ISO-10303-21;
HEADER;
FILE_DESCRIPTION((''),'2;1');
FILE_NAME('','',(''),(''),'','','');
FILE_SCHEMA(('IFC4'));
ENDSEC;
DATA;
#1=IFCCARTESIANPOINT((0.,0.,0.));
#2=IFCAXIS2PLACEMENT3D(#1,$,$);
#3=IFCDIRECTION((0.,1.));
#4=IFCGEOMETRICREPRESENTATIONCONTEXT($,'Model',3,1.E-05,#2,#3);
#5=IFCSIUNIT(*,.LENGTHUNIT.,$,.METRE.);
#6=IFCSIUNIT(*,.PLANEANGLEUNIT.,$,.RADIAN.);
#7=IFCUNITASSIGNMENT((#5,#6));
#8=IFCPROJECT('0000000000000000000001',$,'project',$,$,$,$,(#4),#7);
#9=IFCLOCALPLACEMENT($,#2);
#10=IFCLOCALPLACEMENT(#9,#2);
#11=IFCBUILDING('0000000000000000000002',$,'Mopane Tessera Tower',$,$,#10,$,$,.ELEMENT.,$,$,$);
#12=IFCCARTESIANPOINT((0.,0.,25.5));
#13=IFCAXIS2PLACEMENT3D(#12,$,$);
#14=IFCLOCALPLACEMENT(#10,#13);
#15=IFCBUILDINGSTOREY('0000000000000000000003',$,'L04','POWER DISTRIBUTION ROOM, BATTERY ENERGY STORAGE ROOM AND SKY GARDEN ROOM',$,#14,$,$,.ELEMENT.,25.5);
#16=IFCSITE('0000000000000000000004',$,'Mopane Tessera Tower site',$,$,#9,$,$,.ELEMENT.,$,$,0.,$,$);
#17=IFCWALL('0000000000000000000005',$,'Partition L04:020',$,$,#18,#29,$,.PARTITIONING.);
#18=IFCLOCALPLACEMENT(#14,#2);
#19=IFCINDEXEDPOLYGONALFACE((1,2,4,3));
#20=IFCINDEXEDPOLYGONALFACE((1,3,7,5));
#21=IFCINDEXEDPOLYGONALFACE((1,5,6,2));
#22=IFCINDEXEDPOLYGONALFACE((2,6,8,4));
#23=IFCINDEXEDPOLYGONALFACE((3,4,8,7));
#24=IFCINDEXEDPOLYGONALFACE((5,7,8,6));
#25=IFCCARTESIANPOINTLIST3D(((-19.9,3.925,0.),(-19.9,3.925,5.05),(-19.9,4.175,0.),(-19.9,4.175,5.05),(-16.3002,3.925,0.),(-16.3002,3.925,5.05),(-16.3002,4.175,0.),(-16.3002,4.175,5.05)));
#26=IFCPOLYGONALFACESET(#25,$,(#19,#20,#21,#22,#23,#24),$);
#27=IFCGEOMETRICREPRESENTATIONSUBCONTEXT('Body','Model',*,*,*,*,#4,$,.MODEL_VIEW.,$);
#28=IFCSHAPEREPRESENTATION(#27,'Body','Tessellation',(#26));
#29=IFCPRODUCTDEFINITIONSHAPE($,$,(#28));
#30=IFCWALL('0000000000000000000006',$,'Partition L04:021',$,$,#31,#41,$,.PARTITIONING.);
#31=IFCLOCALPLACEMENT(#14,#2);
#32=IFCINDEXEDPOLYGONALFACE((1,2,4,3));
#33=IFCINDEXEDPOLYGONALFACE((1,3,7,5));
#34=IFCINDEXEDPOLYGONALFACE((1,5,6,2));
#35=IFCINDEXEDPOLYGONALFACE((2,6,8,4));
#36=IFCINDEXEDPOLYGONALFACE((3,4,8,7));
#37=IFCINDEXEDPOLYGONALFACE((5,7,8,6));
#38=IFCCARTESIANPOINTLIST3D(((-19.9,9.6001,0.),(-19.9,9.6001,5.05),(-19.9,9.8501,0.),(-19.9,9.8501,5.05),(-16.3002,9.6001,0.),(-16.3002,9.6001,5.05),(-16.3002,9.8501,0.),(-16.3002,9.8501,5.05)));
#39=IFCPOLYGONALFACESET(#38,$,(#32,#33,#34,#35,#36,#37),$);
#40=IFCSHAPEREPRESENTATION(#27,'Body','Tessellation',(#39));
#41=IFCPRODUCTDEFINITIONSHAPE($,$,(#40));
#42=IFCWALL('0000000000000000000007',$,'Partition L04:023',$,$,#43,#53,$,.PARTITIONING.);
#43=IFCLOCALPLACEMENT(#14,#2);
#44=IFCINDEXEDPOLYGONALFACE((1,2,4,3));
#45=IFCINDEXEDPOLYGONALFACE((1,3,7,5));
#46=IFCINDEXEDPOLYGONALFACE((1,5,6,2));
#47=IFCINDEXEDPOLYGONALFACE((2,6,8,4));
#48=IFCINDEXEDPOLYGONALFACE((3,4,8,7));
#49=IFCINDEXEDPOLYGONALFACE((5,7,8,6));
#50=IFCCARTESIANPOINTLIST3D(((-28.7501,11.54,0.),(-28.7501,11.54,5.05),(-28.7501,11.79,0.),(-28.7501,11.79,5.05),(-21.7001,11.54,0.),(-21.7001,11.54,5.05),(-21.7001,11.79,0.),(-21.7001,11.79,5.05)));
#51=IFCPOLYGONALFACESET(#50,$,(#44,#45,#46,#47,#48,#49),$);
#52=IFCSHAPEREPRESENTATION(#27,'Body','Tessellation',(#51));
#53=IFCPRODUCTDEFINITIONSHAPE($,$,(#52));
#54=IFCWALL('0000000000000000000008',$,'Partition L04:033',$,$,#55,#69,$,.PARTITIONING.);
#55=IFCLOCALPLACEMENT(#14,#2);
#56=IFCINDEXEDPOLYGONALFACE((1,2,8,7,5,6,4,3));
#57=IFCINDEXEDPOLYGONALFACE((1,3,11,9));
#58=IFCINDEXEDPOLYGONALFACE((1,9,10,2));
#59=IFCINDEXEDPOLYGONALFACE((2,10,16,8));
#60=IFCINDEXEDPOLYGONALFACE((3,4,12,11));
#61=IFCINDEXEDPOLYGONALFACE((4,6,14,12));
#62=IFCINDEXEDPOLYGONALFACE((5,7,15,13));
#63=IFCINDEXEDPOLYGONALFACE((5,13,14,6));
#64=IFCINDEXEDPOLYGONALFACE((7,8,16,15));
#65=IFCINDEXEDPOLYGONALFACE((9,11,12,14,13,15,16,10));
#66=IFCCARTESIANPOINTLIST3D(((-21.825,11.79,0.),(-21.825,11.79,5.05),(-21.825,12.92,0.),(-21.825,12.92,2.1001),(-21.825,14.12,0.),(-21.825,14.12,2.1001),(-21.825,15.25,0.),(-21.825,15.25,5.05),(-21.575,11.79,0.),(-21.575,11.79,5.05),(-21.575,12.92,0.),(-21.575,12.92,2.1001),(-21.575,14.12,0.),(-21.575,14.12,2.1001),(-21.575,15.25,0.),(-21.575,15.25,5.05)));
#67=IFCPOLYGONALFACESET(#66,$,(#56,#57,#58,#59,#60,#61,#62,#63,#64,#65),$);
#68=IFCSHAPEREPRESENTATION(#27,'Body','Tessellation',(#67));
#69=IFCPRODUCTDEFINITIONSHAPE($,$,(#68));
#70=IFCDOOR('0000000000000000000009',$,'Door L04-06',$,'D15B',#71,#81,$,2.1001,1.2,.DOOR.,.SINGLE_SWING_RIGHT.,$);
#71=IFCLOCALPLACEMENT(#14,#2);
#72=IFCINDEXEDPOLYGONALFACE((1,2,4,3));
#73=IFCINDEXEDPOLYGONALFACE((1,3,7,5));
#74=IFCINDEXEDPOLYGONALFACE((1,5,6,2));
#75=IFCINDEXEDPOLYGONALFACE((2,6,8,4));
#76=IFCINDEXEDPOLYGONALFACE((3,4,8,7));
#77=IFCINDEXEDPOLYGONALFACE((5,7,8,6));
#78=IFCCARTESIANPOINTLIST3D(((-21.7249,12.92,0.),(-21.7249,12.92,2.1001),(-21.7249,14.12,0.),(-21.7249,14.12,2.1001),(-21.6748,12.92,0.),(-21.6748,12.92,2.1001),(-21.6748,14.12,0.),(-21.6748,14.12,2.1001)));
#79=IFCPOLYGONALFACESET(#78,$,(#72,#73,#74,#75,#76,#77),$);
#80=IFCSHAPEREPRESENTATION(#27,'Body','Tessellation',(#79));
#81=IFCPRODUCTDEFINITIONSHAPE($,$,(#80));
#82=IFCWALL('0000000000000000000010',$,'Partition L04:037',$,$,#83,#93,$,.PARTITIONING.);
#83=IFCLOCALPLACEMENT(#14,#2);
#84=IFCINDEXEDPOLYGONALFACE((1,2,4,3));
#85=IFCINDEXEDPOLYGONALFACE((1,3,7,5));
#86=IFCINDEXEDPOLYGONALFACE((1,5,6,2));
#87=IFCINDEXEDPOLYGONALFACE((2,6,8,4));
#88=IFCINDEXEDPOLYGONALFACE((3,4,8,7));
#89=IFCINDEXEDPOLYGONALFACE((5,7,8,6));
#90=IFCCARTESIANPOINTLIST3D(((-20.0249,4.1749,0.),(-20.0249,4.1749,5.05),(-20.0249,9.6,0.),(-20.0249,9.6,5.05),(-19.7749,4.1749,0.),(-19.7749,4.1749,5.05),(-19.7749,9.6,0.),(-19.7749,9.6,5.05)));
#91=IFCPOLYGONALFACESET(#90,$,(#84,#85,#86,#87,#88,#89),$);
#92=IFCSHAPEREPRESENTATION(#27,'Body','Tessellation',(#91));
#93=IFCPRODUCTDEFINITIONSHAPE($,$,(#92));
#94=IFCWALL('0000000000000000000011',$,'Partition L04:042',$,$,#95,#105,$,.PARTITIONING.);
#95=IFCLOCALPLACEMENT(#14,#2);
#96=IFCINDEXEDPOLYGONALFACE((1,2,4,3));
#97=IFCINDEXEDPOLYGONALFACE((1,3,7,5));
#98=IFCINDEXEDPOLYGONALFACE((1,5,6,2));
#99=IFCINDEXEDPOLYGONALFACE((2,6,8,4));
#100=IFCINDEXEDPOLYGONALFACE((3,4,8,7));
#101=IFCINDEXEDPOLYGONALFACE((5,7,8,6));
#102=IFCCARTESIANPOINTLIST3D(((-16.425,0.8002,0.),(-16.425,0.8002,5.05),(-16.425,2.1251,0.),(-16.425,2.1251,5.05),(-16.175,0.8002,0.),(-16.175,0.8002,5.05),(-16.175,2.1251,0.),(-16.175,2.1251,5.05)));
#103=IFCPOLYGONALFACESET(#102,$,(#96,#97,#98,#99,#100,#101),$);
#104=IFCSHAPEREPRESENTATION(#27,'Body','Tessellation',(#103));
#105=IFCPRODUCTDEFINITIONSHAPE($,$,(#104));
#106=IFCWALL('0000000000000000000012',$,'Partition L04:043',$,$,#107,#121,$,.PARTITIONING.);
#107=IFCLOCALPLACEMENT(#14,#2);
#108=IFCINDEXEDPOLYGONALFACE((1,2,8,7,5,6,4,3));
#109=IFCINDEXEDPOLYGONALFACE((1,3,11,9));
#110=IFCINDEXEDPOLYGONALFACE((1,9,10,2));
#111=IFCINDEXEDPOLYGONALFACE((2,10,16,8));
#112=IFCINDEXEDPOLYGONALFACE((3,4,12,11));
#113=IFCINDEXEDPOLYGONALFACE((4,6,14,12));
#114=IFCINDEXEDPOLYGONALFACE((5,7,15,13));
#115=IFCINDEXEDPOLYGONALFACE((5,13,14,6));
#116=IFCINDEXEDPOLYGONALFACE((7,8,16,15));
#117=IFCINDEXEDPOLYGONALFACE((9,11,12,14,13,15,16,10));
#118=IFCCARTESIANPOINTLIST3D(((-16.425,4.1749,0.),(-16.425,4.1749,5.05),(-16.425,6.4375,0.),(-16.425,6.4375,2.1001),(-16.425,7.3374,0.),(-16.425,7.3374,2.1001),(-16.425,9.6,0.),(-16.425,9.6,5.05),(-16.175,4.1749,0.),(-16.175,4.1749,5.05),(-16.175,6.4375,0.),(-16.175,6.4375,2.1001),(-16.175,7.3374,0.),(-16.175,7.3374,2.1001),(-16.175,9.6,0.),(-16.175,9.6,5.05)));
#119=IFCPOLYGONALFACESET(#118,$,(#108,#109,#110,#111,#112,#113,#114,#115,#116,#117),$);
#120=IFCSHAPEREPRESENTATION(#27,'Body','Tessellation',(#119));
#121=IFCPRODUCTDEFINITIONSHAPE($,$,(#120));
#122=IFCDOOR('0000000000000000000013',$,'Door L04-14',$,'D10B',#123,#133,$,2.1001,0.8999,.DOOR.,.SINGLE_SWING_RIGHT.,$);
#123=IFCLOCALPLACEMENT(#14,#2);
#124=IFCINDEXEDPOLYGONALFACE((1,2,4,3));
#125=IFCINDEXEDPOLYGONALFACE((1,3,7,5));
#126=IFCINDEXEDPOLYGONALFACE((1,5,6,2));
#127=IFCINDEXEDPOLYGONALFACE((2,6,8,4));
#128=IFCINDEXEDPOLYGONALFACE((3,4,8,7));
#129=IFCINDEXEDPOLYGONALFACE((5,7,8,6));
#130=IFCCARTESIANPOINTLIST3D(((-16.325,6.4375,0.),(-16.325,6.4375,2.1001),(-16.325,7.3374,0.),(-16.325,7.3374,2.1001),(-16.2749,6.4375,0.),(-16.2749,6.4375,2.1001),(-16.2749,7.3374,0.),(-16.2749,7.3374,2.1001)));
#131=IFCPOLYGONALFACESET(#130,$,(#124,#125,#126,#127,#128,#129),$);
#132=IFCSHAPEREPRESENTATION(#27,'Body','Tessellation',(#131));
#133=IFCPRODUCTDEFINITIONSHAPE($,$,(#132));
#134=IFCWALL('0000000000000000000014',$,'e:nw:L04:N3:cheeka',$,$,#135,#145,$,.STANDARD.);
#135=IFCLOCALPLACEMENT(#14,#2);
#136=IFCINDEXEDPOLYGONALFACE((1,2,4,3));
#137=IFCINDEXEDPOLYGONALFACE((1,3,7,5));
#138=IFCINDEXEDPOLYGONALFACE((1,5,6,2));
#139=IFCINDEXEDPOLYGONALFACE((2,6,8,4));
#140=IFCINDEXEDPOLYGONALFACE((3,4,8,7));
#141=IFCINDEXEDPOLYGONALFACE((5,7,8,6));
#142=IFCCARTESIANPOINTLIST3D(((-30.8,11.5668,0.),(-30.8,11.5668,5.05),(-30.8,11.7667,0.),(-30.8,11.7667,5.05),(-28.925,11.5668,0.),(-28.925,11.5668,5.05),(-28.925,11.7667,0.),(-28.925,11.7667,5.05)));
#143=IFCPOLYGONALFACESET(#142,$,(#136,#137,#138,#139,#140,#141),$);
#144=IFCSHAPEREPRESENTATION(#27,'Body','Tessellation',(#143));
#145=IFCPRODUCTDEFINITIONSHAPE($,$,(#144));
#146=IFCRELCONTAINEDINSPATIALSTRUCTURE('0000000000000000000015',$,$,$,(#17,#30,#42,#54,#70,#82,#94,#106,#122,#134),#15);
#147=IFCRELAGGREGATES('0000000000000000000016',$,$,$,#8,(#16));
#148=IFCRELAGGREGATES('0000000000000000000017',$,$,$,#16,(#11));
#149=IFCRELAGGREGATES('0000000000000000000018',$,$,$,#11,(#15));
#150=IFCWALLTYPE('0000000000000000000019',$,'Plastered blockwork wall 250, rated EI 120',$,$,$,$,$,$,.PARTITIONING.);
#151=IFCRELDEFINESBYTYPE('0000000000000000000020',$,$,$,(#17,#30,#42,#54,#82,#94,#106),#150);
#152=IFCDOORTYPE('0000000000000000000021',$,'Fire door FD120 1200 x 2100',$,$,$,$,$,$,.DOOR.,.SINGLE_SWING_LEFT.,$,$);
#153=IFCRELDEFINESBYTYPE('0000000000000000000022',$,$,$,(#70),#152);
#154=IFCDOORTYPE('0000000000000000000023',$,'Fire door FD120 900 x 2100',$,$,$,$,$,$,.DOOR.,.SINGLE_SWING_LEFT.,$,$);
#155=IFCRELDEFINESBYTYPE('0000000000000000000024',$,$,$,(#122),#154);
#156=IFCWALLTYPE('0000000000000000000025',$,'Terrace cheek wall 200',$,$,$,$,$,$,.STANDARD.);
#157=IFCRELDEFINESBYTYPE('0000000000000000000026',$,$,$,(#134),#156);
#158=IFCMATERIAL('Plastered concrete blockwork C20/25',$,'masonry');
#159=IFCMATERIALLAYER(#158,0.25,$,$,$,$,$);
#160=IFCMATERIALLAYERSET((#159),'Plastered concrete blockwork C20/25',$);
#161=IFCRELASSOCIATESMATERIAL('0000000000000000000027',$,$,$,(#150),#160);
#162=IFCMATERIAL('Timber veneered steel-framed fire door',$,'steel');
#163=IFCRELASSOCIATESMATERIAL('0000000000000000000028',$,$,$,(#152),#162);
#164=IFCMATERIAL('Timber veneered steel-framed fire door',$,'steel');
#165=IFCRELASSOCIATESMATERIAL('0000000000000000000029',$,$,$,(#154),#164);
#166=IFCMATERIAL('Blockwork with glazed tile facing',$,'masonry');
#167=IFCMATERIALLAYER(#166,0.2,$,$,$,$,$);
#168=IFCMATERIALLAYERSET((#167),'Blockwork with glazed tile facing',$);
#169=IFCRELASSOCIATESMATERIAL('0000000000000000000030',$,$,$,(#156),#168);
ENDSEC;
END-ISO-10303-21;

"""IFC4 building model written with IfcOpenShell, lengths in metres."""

from ifc_helpers import new_model, si_unit, direction, frame, frame_2d, origin, place, context, subcontext, project, spatial, rectangle, extrude, material, layer, layer_set, type_object, element, fill, save


model = new_model("IFC4")

# Units and contexts
model_context = context("Model", 3, precision=1e-05, world=origin(), true_north=direction((0.0, 1.0)))
body_context = subcontext(model_context, "Body", "Model", "MODEL_VIEW")
ifc_project = project(units=[si_unit("LENGTHUNIT", "METRE"), si_unit("PLANEANGLEUNIT", "RADIAN")], contexts=[model_context])

# Site, building, storey
site_placement = place(None, origin())
site = spatial("IfcSite", under=ifc_project, at=site_placement, Name="Mopane Tessera Tower site", CompositionType="ELEMENT", RefElevation=0.0)
building_placement = place(site_placement, origin())
building = spatial("IfcBuilding", under=site, at=building_placement, Name="Mopane Tessera Tower", CompositionType="ELEMENT")
storey_placement = place(building_placement, frame((0.0, 0.0, 25.5)))
storey = spatial("IfcBuildingStorey", under=building, at=storey_placement, Name="L04", Description="POWER DISTRIBUTION ROOM, BATTERY ENERGY STORAGE ROOM AND SKY GARDEN ROOM", CompositionType="ELEMENT", Elevation=25.5)

# Walls
ifc_material_1 = material(Name="Plastered concrete blockwork C20/25", Category="masonry")
ifc_layer_1 = layer(ifc_material_1, 0.25)
ifc_layer_set_1 = layer_set([ifc_layer_1], Name="Plastered concrete blockwork C20/25")
wall_type_1 = type_object("IfcWallType", Name="Plastered blockwork wall 250, rated EI 120", PredefinedType="PARTITIONING", material=ifc_layer_set_1)
for number, where, z_axis, x_axis, name in (
    (1, (-19.8999, 4.05, 0.0), (0.0, 0.0, 1.0), (1.0, 0.0, 0.0), "Partition L04:020"),
    (2, (-19.8999, 9.7251, 0.0), (0.0, 0.0, 1.0), (1.0, 0.0, 0.0), "Partition L04:021"),
):
    element("IfcWall", number, at=place(storey_placement, frame(where, z_axis=z_axis, x_axis=x_axis)), inside=storey, type_object=wall_type_1, Name=name, PredefinedType="PARTITIONING", context=body_context, shape_type="SweptSolid", body=[
        extrude(rectangle(XDim=3.5999, YDim=0.25, at=frame_2d((1.7998, 0.0))), origin(), (0.0, 0.0, 1.0), 5.05),
    ])
wall_1_placement = place(storey_placement, frame((-28.75, 11.665, 0.0), z_axis=(0.0, 0.0, 1.0), x_axis=(1.0, 0.0, 0.0)))
element("IfcWall", 3, at=wall_1_placement, inside=storey, type_object=wall_type_1, Name="Partition L04:023", PredefinedType="PARTITIONING", context=body_context, shape_type="SweptSolid", body=[
    extrude(rectangle(XDim=7.05, YDim=0.25, at=frame_2d((3.5249, 0.0))), origin(), (0.0, 0.0, 1.0), 5.05),
])

# Wall, opening, door
wall_2_placement = place(storey_placement, frame((-21.7, 11.79, 0.0), z_axis=(0.0, 0.0, 1.0), x_axis=(0.0, 1.0, 0.0)))
wall_2 = element("IfcWall", 4, at=wall_2_placement, inside=storey, type_object=wall_type_1, Name="Partition L04:033", PredefinedType="PARTITIONING", context=body_context, shape_type="SweptSolid", body=[
    extrude(rectangle(XDim=3.46, YDim=0.25, at=frame_2d((1.73, 0.0))), origin(), (0.0, 0.0, 1.0), 5.05),
])
opening_1_placement = place(wall_2_placement, frame((1.1299, 0.0, 0.0)))
opening_1 = element("IfcOpeningElement", 5, at=opening_1_placement, cuts=wall_2, PredefinedType="OPENING", context=body_context, shape_type="SweptSolid", body=[
    extrude(rectangle(XDim=1.2, YDim=2.1001, at=frame_2d((0.6001, 1.05))), frame((0.0, 0.137, 0.0), z_axis=(0.0, -1.0, 0.0), x_axis=(1.0, 0.0, 0.0)), (0.0, 0.0, 1.0), 0.2739),
])
ifc_material_2 = material(Name="Timber veneered steel-framed fire door", Category="steel")
door_type_1 = type_object("IfcDoorType", Name="Fire door FD120 1200 x 2100", OperationType="SINGLE_SWING_LEFT", PredefinedType="DOOR", material=ifc_material_2)
door_1_placement = place(opening_1_placement, origin())
door_1 = element("IfcDoor", 6, at=door_1_placement, inside=storey, type_object=door_type_1, Name="Door L04-06", ObjectType="D15B", OperationType="SINGLE_SWING_RIGHT", OverallHeight=2.1001, OverallWidth=1.2, PredefinedType="DOOR", context=body_context, shape_type="SweptSolid", body=[
    extrude(rectangle(XDim=1.2, YDim=2.1001, at=frame_2d((0.6001, 1.05))), frame((0.0, 0.0249, 0.0), z_axis=(0.0, -1.0, 0.0), x_axis=(1.0, 0.0, 0.0)), (0.0, 0.0, 1.0), 0.05),
])
fill(opening_1, door_1)

# Walls
wall_3_placement = place(storey_placement, frame((-19.8999, 4.175, 0.0), z_axis=(0.0, 0.0, 1.0), x_axis=(0.0, 1.0, 0.0)))
element("IfcWall", 7, at=wall_3_placement, inside=storey, type_object=wall_type_1, Name="Partition L04:037", PredefinedType="PARTITIONING", context=body_context, shape_type="SweptSolid", body=[
    extrude(rectangle(XDim=5.425, YDim=0.25, at=frame_2d((2.7124, 0.0))), origin(), (0.0, 0.0, 1.0), 5.05),
])
wall_4_placement = place(storey_placement, frame((-16.3, 0.8, 0.0), z_axis=(0.0, 0.0, 1.0), x_axis=(0.0, 1.0, 0.0)))
element("IfcWall", 8, at=wall_4_placement, inside=storey, type_object=wall_type_1, Name="Partition L04:042", PredefinedType="PARTITIONING", context=body_context, shape_type="SweptSolid", body=[
    extrude(rectangle(XDim=1.325, YDim=0.25, at=frame_2d((0.6626, 0.0))), origin(), (0.0, 0.0, 1.0), 5.05),
])

# Wall, opening, door
wall_5_placement = place(storey_placement, frame((-16.3, 4.175, 0.0), z_axis=(0.0, 0.0, 1.0), x_axis=(0.0, 1.0, 0.0)))
wall_5 = element("IfcWall", 9, at=wall_5_placement, inside=storey, type_object=wall_type_1, Name="Partition L04:043", PredefinedType="PARTITIONING", context=body_context, shape_type="SweptSolid", body=[
    extrude(rectangle(XDim=5.425, YDim=0.25, at=frame_2d((2.7124, 0.0))), origin(), (0.0, 0.0, 1.0), 5.05),
])
opening_2_placement = place(wall_5_placement, frame((2.2625, 0.0, 0.0)))
opening_2 = element("IfcOpeningElement", 10, at=opening_2_placement, cuts=wall_5, PredefinedType="OPENING", context=body_context, shape_type="SweptSolid", body=[
    extrude(rectangle(XDim=0.8999, YDim=2.1001, at=frame_2d((0.45, 1.05))), frame((0.0, 0.137, 0.0), z_axis=(0.0, -1.0, 0.0), x_axis=(1.0, 0.0, 0.0)), (0.0, 0.0, 1.0), 0.2739),
])
ifc_material_3 = material(Name="Timber veneered steel-framed fire door", Category="steel")
door_type_2 = type_object("IfcDoorType", Name="Fire door FD120 900 x 2100", OperationType="SINGLE_SWING_LEFT", PredefinedType="DOOR", material=ifc_material_3)
door_2_placement = place(opening_2_placement, origin())
door_2 = element("IfcDoor", 11, at=door_2_placement, inside=storey, type_object=door_type_2, Name="Door L04-14", ObjectType="D10B", OperationType="SINGLE_SWING_RIGHT", OverallHeight=2.1001, OverallWidth=0.8999, PredefinedType="DOOR", context=body_context, shape_type="SweptSolid", body=[
    extrude(rectangle(XDim=0.8999, YDim=2.1001, at=frame_2d((0.45, 1.05))), frame((0.0, 0.0249, 0.0), z_axis=(0.0, -1.0, 0.0), x_axis=(1.0, 0.0, 0.0)), (0.0, 0.0, 1.0), 0.05),
])
fill(opening_2, door_2)

# Wall
ifc_material_4 = material(Name="Blockwork with glazed tile facing", Category="masonry")
ifc_layer_2 = layer(ifc_material_4, 0.2)
ifc_layer_set_2 = layer_set([ifc_layer_2], Name="Blockwork with glazed tile facing")
wall_type_2 = type_object("IfcWallType", Name="Terrace cheek wall 200", PredefinedType="STANDARD", material=ifc_layer_set_2)
wall_6_placement = place(storey_placement, frame((-30.8, 11.6667, 0.0), z_axis=(0.0, 0.0, 1.0), x_axis=(1.0, 0.0, 0.0)))
element("IfcWall", 12, at=wall_6_placement, inside=storey, type_object=wall_type_2, Name="e:nw:L04:N3:cheeka", PredefinedType="STANDARD", context=body_context, shape_type="SweptSolid", body=[
    extrude(rectangle(XDim=1.875, YDim=0.2, at=frame_2d((0.9375, 0.0))), origin(), (0.0, 0.0, 1.0), 5.05),
])

save(model, "model.ifc")
